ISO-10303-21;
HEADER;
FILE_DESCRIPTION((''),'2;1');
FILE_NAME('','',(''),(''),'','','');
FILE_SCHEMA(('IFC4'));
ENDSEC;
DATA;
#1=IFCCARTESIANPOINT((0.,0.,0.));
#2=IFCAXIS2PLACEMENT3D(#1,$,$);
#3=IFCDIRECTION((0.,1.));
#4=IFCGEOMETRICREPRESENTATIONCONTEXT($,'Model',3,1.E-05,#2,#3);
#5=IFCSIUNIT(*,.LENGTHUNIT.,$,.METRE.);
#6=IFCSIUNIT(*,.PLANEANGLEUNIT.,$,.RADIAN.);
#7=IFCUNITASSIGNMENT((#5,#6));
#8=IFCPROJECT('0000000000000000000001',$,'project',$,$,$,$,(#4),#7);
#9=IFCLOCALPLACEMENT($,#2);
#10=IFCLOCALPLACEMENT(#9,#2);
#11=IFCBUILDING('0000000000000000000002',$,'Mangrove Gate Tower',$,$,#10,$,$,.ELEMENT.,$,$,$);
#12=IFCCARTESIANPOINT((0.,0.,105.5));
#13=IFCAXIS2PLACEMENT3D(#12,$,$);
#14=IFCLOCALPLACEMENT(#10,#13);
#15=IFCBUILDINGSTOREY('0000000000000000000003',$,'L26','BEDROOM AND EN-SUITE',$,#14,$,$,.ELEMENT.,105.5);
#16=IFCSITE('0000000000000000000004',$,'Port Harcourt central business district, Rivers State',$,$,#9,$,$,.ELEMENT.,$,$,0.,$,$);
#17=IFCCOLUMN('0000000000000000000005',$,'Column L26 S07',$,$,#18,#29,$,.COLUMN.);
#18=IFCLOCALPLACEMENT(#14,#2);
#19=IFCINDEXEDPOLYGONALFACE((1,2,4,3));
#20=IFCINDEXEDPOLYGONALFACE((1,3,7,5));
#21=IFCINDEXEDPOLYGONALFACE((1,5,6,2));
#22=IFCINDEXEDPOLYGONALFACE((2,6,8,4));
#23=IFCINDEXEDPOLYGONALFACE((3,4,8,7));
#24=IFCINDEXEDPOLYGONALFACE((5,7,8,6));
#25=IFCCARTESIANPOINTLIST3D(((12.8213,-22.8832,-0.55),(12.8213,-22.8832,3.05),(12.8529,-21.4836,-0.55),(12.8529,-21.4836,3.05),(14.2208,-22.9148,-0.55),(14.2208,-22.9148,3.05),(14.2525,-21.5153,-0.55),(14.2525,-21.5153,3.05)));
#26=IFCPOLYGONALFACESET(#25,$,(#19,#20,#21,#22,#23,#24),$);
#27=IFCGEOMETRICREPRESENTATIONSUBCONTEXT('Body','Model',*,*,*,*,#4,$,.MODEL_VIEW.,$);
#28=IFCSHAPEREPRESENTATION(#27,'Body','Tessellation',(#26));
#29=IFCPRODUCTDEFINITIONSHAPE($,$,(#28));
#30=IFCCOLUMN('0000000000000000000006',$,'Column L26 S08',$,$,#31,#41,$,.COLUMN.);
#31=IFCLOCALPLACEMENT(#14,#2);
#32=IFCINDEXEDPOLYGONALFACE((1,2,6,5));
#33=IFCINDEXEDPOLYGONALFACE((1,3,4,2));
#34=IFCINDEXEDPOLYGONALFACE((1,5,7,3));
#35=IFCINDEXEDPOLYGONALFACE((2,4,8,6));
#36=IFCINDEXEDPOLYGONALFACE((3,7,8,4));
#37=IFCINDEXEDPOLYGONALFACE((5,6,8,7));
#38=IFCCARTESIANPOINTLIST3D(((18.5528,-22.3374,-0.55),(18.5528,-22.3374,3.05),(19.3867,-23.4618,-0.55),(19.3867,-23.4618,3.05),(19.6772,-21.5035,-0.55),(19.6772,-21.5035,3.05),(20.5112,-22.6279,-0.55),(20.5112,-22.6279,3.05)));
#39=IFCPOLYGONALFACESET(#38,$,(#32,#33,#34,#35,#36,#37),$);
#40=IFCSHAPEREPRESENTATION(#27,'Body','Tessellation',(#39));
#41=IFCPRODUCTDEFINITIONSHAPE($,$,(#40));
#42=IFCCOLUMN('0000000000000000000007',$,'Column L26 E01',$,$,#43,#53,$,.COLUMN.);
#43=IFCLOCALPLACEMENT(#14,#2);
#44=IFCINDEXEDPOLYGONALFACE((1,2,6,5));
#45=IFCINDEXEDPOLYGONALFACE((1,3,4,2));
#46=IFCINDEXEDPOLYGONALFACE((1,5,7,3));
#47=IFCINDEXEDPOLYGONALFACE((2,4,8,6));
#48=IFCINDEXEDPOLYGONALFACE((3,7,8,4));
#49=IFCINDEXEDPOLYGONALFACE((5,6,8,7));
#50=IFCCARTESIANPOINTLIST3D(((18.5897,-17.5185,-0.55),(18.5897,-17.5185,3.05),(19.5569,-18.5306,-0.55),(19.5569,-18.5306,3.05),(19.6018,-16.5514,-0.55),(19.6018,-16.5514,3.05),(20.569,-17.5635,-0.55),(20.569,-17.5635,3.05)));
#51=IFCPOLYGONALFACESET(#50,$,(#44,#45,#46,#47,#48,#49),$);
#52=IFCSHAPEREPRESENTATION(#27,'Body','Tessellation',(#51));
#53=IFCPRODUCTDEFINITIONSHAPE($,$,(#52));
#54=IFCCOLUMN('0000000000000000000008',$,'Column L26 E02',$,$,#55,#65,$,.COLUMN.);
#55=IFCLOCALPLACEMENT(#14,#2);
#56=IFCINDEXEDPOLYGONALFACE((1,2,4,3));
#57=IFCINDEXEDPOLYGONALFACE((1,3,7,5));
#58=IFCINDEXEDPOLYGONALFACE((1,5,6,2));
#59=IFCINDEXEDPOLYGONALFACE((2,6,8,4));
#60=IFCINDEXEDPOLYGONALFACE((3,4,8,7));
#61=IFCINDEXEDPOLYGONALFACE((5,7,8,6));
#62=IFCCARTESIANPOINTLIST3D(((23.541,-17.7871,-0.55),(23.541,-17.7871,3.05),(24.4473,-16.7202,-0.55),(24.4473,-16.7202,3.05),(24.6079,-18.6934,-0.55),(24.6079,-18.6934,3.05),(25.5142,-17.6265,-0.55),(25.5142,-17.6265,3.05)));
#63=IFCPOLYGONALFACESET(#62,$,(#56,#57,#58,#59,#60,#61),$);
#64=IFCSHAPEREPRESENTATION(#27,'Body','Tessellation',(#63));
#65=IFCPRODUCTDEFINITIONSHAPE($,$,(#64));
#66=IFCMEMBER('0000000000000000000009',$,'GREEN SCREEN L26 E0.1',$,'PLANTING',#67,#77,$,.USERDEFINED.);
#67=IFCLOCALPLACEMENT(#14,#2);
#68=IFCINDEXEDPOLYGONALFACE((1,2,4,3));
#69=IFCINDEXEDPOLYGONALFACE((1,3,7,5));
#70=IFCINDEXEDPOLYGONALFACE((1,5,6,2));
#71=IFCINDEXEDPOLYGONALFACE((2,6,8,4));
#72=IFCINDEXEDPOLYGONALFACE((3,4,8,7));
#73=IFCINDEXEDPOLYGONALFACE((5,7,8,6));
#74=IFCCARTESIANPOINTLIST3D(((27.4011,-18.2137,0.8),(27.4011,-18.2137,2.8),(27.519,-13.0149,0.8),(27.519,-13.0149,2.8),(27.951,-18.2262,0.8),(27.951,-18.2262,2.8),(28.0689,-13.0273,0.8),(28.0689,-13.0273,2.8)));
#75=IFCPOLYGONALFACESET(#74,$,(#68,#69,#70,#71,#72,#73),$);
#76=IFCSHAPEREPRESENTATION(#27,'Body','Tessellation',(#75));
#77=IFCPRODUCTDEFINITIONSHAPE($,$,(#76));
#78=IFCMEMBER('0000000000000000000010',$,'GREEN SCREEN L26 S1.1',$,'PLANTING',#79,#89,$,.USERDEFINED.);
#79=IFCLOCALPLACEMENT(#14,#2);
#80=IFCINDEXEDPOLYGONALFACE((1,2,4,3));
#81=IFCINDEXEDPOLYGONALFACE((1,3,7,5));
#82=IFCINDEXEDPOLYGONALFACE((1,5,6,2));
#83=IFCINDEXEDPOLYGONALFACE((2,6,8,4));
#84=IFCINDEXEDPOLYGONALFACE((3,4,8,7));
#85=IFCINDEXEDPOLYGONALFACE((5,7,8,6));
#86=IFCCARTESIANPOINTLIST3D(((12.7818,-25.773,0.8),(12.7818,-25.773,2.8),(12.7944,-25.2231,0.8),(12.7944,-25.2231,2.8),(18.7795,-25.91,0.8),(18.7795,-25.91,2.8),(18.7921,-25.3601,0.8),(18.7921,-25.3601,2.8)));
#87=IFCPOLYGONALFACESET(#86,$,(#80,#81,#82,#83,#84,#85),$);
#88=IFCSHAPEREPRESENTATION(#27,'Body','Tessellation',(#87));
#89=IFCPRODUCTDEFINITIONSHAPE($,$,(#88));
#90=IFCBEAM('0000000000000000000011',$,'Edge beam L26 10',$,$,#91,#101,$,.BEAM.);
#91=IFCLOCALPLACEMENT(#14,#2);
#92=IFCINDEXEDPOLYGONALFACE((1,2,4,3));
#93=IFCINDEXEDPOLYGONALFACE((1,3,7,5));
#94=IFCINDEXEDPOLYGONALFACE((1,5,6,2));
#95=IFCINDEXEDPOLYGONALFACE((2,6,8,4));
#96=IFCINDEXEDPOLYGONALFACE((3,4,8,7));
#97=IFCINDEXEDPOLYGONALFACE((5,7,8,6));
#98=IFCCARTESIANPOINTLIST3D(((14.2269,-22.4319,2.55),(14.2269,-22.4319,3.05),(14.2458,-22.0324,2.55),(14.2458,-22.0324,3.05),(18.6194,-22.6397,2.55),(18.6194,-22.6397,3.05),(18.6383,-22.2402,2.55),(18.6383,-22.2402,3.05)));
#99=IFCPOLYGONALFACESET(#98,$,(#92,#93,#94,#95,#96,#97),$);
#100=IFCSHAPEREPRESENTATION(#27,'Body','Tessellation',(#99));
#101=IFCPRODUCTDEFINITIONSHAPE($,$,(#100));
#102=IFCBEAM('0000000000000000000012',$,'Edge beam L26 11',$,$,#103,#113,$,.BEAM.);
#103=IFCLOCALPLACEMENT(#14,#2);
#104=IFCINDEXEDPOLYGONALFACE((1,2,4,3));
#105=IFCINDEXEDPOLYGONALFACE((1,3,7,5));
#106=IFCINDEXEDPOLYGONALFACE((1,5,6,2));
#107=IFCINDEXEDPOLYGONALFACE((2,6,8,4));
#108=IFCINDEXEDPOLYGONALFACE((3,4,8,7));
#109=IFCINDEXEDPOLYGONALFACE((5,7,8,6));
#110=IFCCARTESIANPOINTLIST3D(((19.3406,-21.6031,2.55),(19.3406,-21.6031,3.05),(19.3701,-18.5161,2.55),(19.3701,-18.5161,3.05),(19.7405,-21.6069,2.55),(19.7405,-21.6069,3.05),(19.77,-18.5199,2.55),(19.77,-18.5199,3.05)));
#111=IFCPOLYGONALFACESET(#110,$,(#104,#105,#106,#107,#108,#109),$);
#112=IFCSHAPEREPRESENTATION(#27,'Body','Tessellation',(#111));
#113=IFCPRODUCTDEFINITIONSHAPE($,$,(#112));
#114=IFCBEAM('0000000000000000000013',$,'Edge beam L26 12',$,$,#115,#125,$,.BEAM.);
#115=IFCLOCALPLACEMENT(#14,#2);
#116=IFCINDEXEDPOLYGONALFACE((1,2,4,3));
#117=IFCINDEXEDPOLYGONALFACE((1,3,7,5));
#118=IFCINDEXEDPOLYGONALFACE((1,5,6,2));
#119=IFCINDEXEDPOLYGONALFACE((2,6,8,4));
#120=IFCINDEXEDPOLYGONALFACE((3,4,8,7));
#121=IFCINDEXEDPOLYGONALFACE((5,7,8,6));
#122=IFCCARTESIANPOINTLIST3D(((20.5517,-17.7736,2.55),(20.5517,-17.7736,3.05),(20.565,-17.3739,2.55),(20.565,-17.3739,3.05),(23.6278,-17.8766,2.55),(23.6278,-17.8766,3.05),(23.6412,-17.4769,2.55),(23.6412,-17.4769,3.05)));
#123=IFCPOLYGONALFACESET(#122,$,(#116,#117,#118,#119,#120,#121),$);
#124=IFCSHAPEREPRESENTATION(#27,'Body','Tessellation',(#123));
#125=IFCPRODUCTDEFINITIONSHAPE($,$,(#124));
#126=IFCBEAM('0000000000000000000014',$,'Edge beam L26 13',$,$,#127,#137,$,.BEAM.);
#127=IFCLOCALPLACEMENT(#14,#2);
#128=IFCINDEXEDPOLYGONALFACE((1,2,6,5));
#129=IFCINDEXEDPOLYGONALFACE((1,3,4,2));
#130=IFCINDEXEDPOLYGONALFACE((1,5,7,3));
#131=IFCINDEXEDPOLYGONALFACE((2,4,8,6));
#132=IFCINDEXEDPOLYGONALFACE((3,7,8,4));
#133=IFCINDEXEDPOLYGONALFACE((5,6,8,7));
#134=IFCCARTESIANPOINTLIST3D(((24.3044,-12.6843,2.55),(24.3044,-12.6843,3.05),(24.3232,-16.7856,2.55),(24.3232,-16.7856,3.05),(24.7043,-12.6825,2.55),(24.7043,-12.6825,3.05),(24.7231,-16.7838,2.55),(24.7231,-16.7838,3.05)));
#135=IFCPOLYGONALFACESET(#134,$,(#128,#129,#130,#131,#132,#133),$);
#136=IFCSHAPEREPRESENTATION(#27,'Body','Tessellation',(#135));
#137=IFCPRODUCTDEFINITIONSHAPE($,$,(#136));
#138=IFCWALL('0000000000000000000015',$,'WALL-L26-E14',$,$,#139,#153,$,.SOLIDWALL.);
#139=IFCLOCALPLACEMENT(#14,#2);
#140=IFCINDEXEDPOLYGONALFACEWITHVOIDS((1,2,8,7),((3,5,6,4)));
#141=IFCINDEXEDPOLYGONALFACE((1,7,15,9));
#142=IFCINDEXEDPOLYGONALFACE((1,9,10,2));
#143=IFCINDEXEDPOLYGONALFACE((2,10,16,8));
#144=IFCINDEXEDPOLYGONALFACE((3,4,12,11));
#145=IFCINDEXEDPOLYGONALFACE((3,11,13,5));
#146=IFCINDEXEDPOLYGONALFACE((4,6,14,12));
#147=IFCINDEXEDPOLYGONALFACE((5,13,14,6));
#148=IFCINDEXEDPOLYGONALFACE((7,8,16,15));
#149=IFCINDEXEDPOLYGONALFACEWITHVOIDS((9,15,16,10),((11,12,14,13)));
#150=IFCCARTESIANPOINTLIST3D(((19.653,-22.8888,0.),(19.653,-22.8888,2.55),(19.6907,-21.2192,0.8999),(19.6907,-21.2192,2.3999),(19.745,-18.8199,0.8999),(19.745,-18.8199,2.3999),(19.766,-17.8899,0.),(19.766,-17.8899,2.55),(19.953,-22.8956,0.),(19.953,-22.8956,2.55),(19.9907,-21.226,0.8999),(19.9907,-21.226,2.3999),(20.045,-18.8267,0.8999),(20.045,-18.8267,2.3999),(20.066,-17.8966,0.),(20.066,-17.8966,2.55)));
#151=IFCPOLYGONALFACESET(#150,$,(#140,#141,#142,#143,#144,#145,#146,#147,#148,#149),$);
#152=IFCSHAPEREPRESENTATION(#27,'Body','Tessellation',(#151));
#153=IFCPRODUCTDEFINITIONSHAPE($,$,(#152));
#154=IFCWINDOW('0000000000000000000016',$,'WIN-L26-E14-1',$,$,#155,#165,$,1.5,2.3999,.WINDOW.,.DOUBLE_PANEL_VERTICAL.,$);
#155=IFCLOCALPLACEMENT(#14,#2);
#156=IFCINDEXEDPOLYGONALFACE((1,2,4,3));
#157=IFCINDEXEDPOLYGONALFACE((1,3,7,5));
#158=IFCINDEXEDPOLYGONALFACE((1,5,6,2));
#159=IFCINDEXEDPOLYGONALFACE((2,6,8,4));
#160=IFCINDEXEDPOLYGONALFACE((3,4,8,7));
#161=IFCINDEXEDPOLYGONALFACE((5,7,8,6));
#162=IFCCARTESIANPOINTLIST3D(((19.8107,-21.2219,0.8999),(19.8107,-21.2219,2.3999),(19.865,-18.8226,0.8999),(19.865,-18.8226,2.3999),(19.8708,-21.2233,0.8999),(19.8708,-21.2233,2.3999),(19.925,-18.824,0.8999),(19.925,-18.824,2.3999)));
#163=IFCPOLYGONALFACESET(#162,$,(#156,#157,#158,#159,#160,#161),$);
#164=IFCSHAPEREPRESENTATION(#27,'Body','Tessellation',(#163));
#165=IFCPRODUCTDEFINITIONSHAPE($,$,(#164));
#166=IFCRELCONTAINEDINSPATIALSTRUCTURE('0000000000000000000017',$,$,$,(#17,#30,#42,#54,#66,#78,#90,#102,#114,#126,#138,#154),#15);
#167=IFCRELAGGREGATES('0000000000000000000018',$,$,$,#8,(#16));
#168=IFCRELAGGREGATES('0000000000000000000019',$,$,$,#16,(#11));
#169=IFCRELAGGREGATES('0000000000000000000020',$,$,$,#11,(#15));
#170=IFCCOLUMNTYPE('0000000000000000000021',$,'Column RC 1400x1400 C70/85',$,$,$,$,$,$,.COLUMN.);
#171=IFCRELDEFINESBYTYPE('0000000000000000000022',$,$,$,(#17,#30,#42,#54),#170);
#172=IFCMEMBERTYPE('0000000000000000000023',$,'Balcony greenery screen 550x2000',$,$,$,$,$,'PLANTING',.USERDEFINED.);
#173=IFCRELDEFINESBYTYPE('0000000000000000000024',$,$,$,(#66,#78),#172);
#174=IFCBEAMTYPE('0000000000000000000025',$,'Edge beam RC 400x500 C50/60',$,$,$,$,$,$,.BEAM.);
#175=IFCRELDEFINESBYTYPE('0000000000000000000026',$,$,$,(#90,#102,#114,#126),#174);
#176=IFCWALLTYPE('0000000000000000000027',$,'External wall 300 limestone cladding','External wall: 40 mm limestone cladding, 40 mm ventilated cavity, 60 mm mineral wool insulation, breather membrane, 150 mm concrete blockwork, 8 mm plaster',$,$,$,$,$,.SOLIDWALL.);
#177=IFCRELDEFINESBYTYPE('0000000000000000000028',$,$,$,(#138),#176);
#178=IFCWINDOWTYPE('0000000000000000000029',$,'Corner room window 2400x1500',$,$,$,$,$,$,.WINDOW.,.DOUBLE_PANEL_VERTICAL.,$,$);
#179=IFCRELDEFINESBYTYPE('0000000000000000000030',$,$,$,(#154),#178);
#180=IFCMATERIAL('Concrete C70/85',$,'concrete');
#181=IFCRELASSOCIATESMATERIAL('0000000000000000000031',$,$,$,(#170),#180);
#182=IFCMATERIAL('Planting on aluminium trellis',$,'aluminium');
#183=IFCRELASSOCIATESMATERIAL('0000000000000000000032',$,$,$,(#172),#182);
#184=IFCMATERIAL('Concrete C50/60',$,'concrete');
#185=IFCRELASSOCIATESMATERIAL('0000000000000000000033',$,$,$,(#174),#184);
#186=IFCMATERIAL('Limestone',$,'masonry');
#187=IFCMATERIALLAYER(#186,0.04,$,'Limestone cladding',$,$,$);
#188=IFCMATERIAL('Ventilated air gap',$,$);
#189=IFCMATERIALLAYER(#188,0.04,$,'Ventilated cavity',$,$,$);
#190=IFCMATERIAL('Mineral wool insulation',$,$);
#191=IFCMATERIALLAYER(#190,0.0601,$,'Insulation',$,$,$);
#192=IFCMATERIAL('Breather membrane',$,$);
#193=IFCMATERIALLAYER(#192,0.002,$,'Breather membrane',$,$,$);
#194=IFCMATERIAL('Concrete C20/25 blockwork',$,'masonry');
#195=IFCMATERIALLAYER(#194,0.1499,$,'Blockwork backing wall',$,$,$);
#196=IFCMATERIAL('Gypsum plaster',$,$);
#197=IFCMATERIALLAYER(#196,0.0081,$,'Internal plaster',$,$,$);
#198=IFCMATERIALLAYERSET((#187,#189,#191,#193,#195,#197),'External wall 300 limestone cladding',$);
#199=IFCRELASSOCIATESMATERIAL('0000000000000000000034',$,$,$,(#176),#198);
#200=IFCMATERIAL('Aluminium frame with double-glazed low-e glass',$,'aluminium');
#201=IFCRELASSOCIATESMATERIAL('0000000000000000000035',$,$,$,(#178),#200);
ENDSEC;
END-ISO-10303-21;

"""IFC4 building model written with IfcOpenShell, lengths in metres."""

from ifc_helpers import new_model, si_unit, direction, frame, frame_2d, origin, origin_2d, place, context, subcontext, project, spatial, rectangle, extrude, material, layer, layer_set, material_profile, profile_set, type_object, element, fill, save


model = new_model("IFC4")

# Units and contexts
model_context = context("Model", 3, precision=1e-05, world=origin(), true_north=direction((0.0, 1.0)))
body_context = subcontext(model_context, "Body", "Model", "MODEL_VIEW")
ifc_project = project(units=[si_unit("LENGTHUNIT", "METRE"), si_unit("PLANEANGLEUNIT", "RADIAN")], contexts=[model_context])

# Site, building, storey
site_placement = place(None, origin())
site = spatial("IfcSite", under=ifc_project, at=site_placement, Name="Port Harcourt central business district, Rivers State", CompositionType="ELEMENT", RefElevation=0.0)
building_placement = place(site_placement, origin())
building = spatial("IfcBuilding", under=site, at=building_placement, Name="Mangrove Gate Tower", CompositionType="ELEMENT")
storey_placement = place(building_placement, frame((0.0, 0.0, 105.5)))
storey = spatial("IfcBuildingStorey", under=building, at=storey_placement, Name="L26", Description="BEDROOM AND EN-SUITE", CompositionType="ELEMENT", Elevation=105.5)

# Columns
ifc_material_1 = material(Name="Concrete C70/85", Category="concrete")
ifc_material_profile_1 = material_profile(ifc_material_1, rectangle(XDim=1.3999, YDim=1.3999, at=origin_2d()))
ifc_profile_set_1 = profile_set([ifc_material_profile_1], Name="Concrete C70/85")
column_type = type_object("IfcColumnType", Name="Column RC 1400x1400 C70/85", PredefinedType="COLUMN", material=ifc_profile_set_1)
for number, where, z_axis, x_axis, name in (
    (1, (13.5369, -22.1992, -0.55), (0.0, 0.0, 1.0), (0.999744, -0.02263, 0.0), "Column L26 S07"),
    (2, (19.532, -22.4827, -0.55), (0.0, 0.0, 1.0), (0.8032, 0.595709, 0.0), "Column L26 S08"),
    (3, (19.5793, -17.541, -0.55), (0.0, 0.0, 1.0), (0.722977, 0.690873, 0.0), "Column L26 E01"),
    (4, (24.5276, -17.7068, -0.55), (0.0, 0.0, 1.0), (0.647444, 0.762113, 0.0), "Column L26 E02"),
):
    element("IfcColumn", number, at=place(storey_placement, frame(where, z_axis=z_axis, x_axis=x_axis)), inside=storey, type_object=column_type, Name=name, PredefinedType="COLUMN", context=body_context, shape_type="SweptSolid", body=[
        extrude(rectangle(XDim=1.3999, YDim=1.3999, at=origin_2d()), origin(), (0.0, 0.0, 1.0), 3.6001),
    ])

# Members
ifc_material_2 = material(Name="Planting on aluminium trellis", Category="aluminium")
ifc_material_profile_2 = material_profile(ifc_material_2, rectangle(XDim=0.55, YDim=2.0, at=origin_2d()))
ifc_profile_set_2 = profile_set([ifc_material_profile_2], Name="Planting on aluminium trellis")
member_type = type_object("IfcMemberType", Name="Balcony greenery screen 550x2000", ElementType="PLANTING", PredefinedType="USERDEFINED", material=ifc_profile_set_2)
member_1_placement = place(storey_placement, frame((27.676, -18.22, 1.8), z_axis=(0.022676, 0.999743, 0.0), x_axis=(-0.999743, 0.022676, 0.0)))
element("IfcMember", 5, at=member_1_placement, inside=storey, type_object=member_type, Name="GREEN SCREEN L26 E0.1", ObjectType="PLANTING", PredefinedType="USERDEFINED", context=body_context, shape_type="SweptSolid", body=[
    extrude(rectangle(XDim=0.55, YDim=2.0, at=origin_2d()), origin(), (0.0, 0.0, 1.0), 5.2002),
])
member_2_placement = place(storey_placement, frame((12.7881, -25.498, 1.8), z_axis=(0.999739, -0.02283, 0.0), x_axis=(0.02283, 0.999739, 0.0)))
element("IfcMember", 6, at=member_2_placement, inside=storey, type_object=member_type, Name="GREEN SCREEN L26 S1.1", ObjectType="PLANTING", PredefinedType="USERDEFINED", context=body_context, shape_type="SweptSolid", body=[
    extrude(rectangle(XDim=0.55, YDim=2.0, at=origin_2d()), origin(), (0.0, 0.0, 1.0), 5.9993),
])

# Beams
ifc_material_3 = material(Name="Concrete C50/60", Category="concrete")
ifc_material_profile_3 = material_profile(ifc_material_3, rectangle(XDim=0.3999, YDim=0.5, at=origin_2d()))
ifc_profile_set_3 = profile_set([ifc_material_profile_3], Name="Concrete C50/60")
beam_type = type_object("IfcBeamType", Name="Edge beam RC 400x500 C50/60", PredefinedType="BEAM", material=ifc_profile_set_3)
beam_1_placement = place(storey_placement, frame((14.2363, -22.2322, 2.8), z_axis=(0.998883, -0.047246, 0.0), x_axis=(0.047246, 0.998883, 0.0)))
element("IfcBeam", 7, at=beam_1_placement, inside=storey, type_object=beam_type, Name="Edge beam L26 10", PredefinedType="BEAM", context=body_context, shape_type="SweptSolid", body=[
    extrude(rectangle(XDim=0.3999, YDim=0.5, at=origin_2d()), origin(), (0.0, 0.0, 1.0), 4.3975),
])
beam_2_placement = place(storey_placement, frame((19.5405, -21.605, 2.8), z_axis=(0.009569, 0.999954, 0.0), x_axis=(-0.999954, 0.009569, 0.0)))
element("IfcBeam", 8, at=beam_2_placement, inside=storey, type_object=beam_type, Name="Edge beam L26 11", PredefinedType="BEAM", context=body_context, shape_type="SweptSolid", body=[
    extrude(rectangle(XDim=0.3999, YDim=0.5, at=origin_2d()), origin(), (0.0, 0.0, 1.0), 3.0872),
])
beam_3_placement = place(storey_placement, frame((20.5583, -17.5737, 2.8), z_axis=(0.99944, -0.033473, 0.0), x_axis=(0.033473, 0.99944, 0.0)))
element("IfcBeam", 9, at=beam_3_placement, inside=storey, type_object=beam_type, Name="Edge beam L26 12", PredefinedType="BEAM", context=body_context, shape_type="SweptSolid", body=[
    extrude(rectangle(XDim=0.3999, YDim=0.5, at=origin_2d()), origin(), (0.0, 0.0, 1.0), 3.0779),
])
beam_4_placement = place(storey_placement, frame((24.5232, -16.7847, 2.8), z_axis=(-0.004584, 0.999989, 0.0), x_axis=(-0.999989, -0.004584, 0.0)))
element("IfcBeam", 10, at=beam_4_placement, inside=storey, type_object=beam_type, Name="Edge beam L26 13", PredefinedType="BEAM", context=body_context, shape_type="SweptSolid", body=[
    extrude(rectangle(XDim=0.3999, YDim=0.5, at=origin_2d()), origin(), (0.0, 0.0, 1.0), 4.1013),
])

# Shared definitions
ifc_material_4 = material(Name="Limestone", Category="masonry")
ifc_layer_1 = layer(ifc_material_4, 0.04, Name="Limestone cladding")
ifc_material_5 = material(Name="Ventilated air gap")
ifc_layer_2 = layer(ifc_material_5, 0.04, Name="Ventilated cavity")
ifc_material_6 = material(Name="Mineral wool insulation")
ifc_layer_3 = layer(ifc_material_6, 0.0601, Name="Insulation")
ifc_material_7 = material(Name="Breather membrane")
ifc_layer_4 = layer(ifc_material_7, 0.002, Name="Breather membrane")
ifc_material_8 = material(Name="Concrete C20/25 blockwork", Category="masonry")
ifc_layer_5 = layer(ifc_material_8, 0.1499, Name="Blockwork backing wall")
ifc_material_9 = material(Name="Gypsum plaster")
ifc_layer_6 = layer(ifc_material_9, 0.0081, Name="Internal plaster")
ifc_layer_set_1 = layer_set([ifc_layer_1, ifc_layer_2, ifc_layer_3, ifc_layer_4, ifc_layer_5, ifc_layer_6], Name="External wall 300 limestone cladding")
wall_type_1 = type_object("IfcWallType", Name="External wall 300 limestone cladding", Description="External wall: 40 mm limestone cladding, 40 mm ventilated cavity, 60 mm mineral wool insulation, breather membrane, 150 mm concrete blockwork, 8 mm plaster", PredefinedType="SOLIDWALL", material=ifc_layer_set_1)
ifc_material_10 = material(Name="Aluminium frame with double-glazed low-e glass", Category="aluminium")
window_type = type_object("IfcWindowType", Name="Corner room window 2400x1500", PartitioningType="DOUBLE_PANEL_VERTICAL", PredefinedType="WINDOW", material=ifc_material_10)

# Wall, opening, window
wall_1_placement = place(storey_placement, frame((19.803, -22.8921, 0.0), z_axis=(0.0, 0.0, 1.0), x_axis=(0.022606, 0.999744, 0.0)))
wall_1 = element("IfcWall", 11, at=wall_1_placement, inside=storey, type_object=wall_type_1, Name="WALL-L26-E14", PredefinedType="SOLIDWALL", context=body_context, shape_type="SweptSolid", body=[
    extrude(rectangle(XDim=5.0002, YDim=0.3, at=frame_2d((2.5, 0.0))), origin(), (0.0, 0.0, 1.0), 2.55),
])
opening_1_placement = place(wall_1_placement, frame((1.6699, 0.0, 0.8999)))
opening_1 = element("IfcOpeningElement", 12, at=opening_1_placement, cuts=wall_1, PredefinedType="OPENING", context=body_context, shape_type="SweptSolid", body=[
    extrude(rectangle(XDim=2.3999, YDim=1.5, at=frame_2d((1.2, 0.75))), frame((0.0, 0.1599, 0.0), z_axis=(0.0, -1.0, 0.0), x_axis=(1.0, 0.0, 0.0)), (0.0, 0.0, 1.0), 0.3201),
])
window_1_placement = place(opening_1_placement, origin())
window_1 = element("IfcWindow", 13, at=window_1_placement, inside=storey, type_object=window_type, Name="WIN-L26-E14-1", OverallHeight=1.5, OverallWidth=2.3999, PartitioningType="DOUBLE_PANEL_VERTICAL", PredefinedType="WINDOW", context=body_context, shape_type="SweptSolid", body=[
    extrude(rectangle(XDim=2.3999, YDim=1.5, at=frame_2d((1.2, 0.75))), frame((0.0, 0.03, 0.0), z_axis=(0.0, -1.0, 0.0), x_axis=(1.0, 0.0, 0.0)), (0.0, 0.0, 1.0), 0.0601),
])
fill(opening_1, window_1)

save(model, "model.ifc")
